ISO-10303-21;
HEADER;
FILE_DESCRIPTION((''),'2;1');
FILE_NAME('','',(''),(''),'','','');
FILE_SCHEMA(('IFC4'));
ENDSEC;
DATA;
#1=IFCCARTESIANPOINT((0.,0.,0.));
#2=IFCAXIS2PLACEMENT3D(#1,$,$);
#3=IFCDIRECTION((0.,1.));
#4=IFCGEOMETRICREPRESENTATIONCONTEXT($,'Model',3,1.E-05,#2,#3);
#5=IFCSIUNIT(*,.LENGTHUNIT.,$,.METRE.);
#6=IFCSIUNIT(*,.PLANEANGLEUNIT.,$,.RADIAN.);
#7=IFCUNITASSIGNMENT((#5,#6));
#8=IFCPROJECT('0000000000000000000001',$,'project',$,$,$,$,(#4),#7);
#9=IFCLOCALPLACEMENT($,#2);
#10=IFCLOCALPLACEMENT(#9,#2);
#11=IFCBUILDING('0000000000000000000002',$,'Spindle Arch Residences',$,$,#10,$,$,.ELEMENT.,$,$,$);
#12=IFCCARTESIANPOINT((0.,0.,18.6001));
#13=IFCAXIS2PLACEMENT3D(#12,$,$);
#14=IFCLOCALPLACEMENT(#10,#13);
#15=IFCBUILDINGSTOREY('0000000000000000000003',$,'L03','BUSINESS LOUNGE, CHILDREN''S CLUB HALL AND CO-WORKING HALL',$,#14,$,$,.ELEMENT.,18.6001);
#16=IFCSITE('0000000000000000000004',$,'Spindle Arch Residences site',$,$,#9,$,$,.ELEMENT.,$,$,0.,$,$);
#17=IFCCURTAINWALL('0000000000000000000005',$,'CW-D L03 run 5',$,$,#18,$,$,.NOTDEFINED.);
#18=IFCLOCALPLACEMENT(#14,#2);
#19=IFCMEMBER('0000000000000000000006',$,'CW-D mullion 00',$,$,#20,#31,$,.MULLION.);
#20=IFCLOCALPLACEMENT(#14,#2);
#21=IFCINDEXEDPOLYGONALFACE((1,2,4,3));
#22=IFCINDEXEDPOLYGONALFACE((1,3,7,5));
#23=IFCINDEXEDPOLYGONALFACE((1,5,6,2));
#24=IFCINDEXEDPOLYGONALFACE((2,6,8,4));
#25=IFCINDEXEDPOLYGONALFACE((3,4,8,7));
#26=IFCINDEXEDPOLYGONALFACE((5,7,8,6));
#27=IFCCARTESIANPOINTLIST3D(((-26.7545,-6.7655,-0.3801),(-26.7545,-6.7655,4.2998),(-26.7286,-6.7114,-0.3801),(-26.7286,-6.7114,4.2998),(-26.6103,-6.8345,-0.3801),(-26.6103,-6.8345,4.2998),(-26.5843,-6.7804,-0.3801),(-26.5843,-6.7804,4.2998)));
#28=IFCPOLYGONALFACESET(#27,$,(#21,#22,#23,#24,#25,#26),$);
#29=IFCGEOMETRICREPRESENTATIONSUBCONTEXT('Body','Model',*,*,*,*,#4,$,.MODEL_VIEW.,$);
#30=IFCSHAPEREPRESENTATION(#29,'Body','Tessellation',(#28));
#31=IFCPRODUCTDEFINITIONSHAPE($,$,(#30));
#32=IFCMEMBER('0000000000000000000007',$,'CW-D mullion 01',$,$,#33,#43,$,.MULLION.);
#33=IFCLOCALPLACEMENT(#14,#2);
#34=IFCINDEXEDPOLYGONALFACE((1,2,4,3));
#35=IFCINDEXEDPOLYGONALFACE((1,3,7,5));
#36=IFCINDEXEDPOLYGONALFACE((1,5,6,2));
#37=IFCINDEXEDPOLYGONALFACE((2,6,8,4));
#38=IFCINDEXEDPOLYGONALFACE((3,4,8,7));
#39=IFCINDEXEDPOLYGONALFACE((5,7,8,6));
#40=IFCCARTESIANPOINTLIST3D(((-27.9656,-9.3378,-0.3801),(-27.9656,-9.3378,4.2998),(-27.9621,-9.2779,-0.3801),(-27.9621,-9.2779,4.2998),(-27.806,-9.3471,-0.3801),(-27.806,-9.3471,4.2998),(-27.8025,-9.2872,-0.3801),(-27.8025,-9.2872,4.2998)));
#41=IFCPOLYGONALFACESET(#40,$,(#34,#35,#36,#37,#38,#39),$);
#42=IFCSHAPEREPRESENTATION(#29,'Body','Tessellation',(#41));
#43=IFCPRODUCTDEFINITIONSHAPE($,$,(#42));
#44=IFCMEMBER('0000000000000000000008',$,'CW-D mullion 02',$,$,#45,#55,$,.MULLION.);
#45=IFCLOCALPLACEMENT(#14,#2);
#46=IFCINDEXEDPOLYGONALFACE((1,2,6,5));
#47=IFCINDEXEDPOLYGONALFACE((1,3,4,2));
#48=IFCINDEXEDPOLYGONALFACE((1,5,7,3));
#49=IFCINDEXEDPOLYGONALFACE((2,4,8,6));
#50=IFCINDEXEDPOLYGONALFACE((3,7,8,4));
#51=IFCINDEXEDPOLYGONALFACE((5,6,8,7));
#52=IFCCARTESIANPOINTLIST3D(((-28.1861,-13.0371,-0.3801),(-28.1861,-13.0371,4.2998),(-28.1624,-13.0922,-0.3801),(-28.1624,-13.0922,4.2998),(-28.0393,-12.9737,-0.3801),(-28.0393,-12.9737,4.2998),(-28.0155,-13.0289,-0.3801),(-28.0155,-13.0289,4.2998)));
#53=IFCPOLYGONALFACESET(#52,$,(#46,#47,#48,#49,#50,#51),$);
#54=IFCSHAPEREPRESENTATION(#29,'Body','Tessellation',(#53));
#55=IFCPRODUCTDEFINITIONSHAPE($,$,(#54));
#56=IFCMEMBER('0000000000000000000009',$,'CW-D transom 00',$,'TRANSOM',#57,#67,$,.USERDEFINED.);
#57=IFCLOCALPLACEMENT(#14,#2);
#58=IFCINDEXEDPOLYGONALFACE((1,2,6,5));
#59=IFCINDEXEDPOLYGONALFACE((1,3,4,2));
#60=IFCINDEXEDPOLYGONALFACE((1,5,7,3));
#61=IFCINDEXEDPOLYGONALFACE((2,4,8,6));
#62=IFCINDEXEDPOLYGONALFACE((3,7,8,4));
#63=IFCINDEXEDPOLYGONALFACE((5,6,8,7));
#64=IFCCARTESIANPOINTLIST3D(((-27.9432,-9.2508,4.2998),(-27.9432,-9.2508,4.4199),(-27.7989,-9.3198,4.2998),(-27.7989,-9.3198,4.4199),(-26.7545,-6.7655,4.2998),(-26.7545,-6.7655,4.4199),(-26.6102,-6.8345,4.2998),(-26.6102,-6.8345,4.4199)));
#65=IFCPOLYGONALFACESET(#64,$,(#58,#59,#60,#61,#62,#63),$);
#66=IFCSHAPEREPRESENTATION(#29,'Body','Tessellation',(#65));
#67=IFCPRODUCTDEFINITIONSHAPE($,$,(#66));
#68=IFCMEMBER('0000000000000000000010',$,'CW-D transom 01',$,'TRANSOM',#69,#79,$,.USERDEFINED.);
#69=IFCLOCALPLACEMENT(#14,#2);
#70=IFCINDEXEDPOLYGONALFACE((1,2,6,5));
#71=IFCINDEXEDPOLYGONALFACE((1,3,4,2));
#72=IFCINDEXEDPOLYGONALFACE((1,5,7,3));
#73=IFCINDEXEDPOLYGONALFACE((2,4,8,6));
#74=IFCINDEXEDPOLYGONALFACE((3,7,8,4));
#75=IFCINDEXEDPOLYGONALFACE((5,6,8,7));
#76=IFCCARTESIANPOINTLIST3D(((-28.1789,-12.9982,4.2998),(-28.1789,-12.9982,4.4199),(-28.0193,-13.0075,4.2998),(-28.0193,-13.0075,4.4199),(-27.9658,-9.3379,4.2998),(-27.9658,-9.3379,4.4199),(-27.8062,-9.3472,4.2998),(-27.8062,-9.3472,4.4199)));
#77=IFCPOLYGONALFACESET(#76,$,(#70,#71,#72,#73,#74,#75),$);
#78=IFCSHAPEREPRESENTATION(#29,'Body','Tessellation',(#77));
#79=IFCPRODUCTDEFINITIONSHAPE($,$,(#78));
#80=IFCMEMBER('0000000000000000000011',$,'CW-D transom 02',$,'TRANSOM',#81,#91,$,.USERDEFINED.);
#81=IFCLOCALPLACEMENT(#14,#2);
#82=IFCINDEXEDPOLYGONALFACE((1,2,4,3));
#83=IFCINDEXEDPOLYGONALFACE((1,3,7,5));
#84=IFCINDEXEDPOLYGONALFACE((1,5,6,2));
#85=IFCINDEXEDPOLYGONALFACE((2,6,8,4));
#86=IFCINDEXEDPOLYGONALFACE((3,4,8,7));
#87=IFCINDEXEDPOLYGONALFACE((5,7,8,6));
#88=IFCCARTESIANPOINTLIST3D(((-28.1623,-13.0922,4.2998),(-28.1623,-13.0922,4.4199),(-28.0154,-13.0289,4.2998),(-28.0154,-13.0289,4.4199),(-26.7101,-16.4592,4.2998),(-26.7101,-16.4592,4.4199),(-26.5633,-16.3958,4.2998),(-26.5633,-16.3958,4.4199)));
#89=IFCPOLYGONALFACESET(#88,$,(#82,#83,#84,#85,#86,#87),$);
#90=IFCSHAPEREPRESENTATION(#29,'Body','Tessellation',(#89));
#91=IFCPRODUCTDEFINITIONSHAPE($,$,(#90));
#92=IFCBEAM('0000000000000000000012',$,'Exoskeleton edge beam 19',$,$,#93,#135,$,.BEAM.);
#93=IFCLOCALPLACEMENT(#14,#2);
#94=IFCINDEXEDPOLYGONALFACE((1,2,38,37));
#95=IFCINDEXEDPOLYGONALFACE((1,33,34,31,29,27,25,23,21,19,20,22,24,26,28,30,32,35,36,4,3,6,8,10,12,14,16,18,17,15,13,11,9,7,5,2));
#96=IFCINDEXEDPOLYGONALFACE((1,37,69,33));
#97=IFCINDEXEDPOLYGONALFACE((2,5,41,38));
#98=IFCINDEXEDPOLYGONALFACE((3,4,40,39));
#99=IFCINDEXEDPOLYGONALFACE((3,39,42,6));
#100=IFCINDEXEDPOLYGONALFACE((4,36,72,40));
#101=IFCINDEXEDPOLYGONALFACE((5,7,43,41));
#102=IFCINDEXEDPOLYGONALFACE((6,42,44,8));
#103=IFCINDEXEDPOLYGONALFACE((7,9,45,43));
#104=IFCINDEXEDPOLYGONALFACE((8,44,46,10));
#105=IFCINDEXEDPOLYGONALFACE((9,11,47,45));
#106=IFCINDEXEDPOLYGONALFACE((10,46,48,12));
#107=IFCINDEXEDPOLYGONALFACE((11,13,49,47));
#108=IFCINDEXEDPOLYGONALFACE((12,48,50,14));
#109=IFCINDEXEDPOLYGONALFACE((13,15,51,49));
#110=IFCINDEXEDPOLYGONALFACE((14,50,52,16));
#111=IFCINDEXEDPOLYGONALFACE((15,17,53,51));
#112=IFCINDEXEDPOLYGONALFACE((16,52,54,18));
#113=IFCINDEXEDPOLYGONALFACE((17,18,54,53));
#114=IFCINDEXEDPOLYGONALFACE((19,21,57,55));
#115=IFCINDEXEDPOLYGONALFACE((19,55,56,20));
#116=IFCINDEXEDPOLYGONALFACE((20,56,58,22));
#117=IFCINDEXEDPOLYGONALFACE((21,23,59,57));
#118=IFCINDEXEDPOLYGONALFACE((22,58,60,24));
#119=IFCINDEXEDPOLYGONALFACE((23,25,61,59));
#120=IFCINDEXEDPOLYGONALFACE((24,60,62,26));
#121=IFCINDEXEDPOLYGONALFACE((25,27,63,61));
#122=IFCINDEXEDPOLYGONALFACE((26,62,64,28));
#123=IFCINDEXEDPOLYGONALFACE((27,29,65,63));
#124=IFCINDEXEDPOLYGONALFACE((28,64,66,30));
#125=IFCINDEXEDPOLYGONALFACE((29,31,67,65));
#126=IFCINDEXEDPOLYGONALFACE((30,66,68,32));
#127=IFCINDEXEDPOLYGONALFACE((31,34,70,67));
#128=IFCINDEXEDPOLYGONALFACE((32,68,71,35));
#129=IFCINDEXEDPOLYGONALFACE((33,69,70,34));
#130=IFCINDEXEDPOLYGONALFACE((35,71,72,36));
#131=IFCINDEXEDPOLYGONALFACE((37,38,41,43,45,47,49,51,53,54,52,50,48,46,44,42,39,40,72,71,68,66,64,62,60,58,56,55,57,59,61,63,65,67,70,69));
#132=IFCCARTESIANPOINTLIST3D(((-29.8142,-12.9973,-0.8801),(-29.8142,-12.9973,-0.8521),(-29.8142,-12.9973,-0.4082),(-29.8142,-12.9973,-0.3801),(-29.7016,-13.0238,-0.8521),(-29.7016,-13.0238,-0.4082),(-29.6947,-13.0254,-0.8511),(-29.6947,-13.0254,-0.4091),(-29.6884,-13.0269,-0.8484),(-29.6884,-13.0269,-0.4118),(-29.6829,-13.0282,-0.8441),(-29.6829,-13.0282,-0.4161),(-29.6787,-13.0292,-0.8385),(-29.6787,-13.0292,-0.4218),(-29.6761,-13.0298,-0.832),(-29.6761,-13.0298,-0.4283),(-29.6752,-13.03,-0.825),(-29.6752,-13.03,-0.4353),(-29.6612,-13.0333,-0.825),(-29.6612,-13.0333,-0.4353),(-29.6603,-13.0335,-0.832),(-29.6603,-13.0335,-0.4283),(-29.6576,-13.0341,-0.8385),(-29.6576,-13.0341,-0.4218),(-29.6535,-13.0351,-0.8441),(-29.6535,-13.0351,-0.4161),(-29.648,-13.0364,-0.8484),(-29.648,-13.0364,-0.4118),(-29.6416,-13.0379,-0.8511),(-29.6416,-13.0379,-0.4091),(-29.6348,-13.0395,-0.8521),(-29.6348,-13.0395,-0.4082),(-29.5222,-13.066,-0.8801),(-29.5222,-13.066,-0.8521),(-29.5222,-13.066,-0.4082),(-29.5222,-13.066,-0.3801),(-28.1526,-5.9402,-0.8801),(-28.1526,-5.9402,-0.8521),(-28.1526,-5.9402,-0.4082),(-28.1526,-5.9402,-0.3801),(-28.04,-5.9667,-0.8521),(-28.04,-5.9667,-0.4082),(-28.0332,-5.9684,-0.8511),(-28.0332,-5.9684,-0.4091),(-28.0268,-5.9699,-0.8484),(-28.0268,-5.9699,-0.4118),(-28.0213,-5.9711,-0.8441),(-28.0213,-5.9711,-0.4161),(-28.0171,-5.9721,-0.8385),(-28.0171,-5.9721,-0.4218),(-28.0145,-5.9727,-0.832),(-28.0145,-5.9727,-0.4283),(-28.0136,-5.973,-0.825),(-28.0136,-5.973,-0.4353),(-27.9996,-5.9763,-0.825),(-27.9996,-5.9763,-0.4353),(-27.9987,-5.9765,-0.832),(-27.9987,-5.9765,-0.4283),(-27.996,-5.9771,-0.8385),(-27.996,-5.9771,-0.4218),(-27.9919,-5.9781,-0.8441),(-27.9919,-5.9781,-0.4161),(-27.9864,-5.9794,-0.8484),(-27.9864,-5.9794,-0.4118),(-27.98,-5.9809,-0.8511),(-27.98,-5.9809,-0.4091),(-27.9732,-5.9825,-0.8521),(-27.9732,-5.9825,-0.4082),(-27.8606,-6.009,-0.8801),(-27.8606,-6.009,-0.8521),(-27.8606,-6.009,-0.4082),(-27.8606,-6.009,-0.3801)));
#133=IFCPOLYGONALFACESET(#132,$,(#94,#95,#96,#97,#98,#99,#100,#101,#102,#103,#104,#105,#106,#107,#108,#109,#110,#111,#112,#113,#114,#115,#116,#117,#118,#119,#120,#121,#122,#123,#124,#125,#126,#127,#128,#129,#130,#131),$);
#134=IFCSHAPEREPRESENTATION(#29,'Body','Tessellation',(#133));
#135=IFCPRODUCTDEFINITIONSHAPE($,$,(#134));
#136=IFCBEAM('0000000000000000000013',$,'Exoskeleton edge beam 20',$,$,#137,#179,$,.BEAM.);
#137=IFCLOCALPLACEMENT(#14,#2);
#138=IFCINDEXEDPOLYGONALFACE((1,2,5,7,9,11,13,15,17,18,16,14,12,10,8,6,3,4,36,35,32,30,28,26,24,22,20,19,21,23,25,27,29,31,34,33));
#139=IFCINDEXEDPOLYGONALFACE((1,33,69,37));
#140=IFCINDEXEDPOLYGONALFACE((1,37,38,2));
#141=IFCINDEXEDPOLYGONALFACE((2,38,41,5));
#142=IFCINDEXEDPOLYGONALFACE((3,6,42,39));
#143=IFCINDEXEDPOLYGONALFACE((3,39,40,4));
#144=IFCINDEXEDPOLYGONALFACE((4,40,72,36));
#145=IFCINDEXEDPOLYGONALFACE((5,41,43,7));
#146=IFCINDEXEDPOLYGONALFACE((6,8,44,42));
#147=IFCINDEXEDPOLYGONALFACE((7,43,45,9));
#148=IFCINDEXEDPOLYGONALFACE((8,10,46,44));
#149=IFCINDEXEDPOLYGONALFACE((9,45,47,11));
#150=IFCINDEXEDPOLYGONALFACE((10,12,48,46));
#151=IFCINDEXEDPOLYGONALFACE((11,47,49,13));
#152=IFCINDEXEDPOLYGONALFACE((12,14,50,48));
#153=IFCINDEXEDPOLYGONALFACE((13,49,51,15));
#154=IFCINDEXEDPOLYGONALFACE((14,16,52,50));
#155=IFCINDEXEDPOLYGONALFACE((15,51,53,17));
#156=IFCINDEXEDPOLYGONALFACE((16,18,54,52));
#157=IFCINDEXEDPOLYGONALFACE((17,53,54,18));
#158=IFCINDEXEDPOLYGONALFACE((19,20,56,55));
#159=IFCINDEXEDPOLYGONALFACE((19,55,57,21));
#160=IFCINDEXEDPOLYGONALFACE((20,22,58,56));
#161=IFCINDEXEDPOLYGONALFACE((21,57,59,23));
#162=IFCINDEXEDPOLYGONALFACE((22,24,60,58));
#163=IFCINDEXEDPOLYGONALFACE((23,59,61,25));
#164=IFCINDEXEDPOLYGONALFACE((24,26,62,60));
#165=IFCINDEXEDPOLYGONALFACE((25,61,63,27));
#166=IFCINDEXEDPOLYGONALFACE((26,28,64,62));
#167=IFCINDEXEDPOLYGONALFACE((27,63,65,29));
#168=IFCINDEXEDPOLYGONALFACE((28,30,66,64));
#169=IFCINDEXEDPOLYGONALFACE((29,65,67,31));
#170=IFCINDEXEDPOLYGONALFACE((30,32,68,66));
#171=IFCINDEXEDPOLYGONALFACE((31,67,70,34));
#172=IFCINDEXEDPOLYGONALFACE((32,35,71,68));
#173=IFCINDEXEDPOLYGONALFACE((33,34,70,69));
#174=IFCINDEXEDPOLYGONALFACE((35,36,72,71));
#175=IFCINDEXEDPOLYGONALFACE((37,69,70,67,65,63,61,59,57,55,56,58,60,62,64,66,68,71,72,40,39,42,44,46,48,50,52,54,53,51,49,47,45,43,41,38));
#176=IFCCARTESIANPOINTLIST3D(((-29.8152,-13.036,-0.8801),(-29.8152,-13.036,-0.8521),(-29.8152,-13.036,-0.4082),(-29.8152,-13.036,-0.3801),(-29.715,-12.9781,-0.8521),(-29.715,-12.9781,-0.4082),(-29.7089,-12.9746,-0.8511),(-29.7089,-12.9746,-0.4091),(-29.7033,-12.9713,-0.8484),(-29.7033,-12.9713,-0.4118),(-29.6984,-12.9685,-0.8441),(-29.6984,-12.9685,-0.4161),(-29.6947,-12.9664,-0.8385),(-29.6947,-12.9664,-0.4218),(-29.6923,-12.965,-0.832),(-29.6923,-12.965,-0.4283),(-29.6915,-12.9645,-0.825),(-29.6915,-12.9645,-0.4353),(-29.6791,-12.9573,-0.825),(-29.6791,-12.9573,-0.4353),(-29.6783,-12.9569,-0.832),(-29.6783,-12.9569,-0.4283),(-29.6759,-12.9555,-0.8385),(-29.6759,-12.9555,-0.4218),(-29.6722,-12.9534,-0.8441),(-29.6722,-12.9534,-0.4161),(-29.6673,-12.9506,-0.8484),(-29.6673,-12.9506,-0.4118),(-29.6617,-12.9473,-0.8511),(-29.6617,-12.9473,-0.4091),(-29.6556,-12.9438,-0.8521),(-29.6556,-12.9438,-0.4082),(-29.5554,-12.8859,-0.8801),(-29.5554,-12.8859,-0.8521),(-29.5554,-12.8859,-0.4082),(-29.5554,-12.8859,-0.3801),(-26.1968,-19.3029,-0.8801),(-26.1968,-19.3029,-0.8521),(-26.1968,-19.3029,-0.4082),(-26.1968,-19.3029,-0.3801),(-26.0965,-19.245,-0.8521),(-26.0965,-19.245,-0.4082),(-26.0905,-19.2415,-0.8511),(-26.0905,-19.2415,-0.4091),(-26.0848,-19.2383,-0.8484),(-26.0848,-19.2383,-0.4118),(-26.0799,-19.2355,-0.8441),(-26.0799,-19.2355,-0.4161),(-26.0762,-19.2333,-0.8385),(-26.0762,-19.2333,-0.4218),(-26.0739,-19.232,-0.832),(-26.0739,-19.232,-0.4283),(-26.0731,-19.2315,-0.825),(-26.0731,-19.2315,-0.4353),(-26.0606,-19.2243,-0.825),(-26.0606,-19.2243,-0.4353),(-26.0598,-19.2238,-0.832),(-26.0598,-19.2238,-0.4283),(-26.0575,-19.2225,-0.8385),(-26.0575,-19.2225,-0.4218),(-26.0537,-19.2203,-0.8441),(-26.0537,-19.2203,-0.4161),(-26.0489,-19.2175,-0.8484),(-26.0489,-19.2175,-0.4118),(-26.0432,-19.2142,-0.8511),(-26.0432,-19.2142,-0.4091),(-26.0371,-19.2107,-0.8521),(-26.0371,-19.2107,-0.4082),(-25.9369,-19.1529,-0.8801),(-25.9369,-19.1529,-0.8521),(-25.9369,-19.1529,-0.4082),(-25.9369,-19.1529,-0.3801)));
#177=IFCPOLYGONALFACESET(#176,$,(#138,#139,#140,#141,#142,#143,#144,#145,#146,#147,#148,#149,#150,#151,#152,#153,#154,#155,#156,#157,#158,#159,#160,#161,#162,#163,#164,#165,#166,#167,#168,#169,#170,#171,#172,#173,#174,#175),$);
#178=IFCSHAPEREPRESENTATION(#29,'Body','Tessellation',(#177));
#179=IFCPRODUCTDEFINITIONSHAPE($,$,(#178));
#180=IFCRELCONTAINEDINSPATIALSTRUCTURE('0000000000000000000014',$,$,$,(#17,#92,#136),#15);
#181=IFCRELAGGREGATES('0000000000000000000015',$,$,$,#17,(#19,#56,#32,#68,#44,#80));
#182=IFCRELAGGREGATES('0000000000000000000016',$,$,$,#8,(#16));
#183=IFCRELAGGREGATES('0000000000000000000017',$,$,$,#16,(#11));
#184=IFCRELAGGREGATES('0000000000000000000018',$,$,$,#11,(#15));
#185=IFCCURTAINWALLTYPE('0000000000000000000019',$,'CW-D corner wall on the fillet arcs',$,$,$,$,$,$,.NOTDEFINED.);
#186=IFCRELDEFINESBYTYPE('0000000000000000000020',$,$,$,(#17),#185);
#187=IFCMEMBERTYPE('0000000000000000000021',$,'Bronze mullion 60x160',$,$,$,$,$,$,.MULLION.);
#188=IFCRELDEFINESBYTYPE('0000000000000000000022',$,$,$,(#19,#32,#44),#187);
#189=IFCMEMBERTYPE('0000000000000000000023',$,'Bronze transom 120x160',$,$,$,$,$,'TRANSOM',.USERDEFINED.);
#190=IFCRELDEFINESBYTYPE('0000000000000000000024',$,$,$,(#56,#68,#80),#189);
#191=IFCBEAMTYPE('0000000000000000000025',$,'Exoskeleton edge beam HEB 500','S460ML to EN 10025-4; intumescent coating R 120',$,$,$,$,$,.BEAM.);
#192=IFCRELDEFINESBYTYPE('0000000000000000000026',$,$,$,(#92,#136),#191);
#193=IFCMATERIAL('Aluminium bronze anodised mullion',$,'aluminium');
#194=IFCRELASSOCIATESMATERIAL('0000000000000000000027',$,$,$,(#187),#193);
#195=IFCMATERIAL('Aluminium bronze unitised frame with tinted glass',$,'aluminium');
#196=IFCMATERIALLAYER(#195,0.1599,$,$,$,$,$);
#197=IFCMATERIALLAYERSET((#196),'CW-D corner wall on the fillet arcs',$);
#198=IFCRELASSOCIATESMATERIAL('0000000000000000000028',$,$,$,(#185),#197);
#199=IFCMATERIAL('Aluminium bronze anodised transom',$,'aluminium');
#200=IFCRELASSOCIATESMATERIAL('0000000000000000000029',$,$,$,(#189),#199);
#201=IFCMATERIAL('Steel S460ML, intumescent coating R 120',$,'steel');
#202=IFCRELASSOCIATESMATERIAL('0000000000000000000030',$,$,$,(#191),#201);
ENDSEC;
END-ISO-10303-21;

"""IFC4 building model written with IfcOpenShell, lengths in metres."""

from ifc_helpers import new_model, si_unit, direction, frame, origin, origin_2d, place, context, subcontext, project, spatial, rectangle, i_section, extrude, material, layer, layer_set, material_profile, profile_set, type_object, element, aggregate, save


model = new_model("IFC4")

# Units and contexts
model_context = context("Model", 3, precision=1e-05, world=origin(), true_north=direction((0.0, 1.0)))
body_context = subcontext(model_context, "Body", "Model", "MODEL_VIEW")
ifc_project = project(units=[si_unit("LENGTHUNIT", "METRE"), si_unit("PLANEANGLEUNIT", "RADIAN")], contexts=[model_context])

# Site, building, storey
site_placement = place(None, origin())
site = spatial("IfcSite", under=ifc_project, at=site_placement, Name="Spindle Arch Residences site", CompositionType="ELEMENT", RefElevation=0.0)
building_placement = place(site_placement, origin())
building = spatial("IfcBuilding", under=site, at=building_placement, Name="Spindle Arch Residences", CompositionType="ELEMENT")
storey_placement = place(building_placement, frame((0.0, 0.0, 18.6001)))
storey = spatial("IfcBuildingStorey", under=building, at=storey_placement, Name="L03", Description="BUSINESS LOUNGE, CHILDREN'S CLUB HALL AND CO-WORKING HALL", CompositionType="ELEMENT", Elevation=18.6001)

# Shared definitions
ifc_material_1 = material(Name="Aluminium bronze anodised mullion", Category="aluminium")
ifc_material_profile_1 = material_profile(ifc_material_1, rectangle(XDim=0.1599, YDim=0.0601, at=origin_2d()), Name="MU 60x160")
ifc_profile_set_1 = profile_set([ifc_material_profile_1], Name="Aluminium bronze anodised mullion")
member_type_1 = type_object("IfcMemberType", Name="Bronze mullion 60x160", PredefinedType="MULLION", material=ifc_profile_set_1)

# Curtain wall, members
ifc_material_2 = material(Name="Aluminium bronze unitised frame with tinted glass", Category="aluminium")
ifc_layer_1 = layer(ifc_material_2, 0.1599)
ifc_layer_set_1 = layer_set([ifc_layer_1], Name="CW-D corner wall on the fillet arcs")
curtain_wall_type_1 = type_object("IfcCurtainWallType", Name="CW-D corner wall on the fillet arcs", PredefinedType="NOTDEFINED", material=ifc_layer_set_1)
curtain_wall_1_placement = place(storey_placement, origin())
curtain_wall_1 = element("IfcCurtainWall", 1, at=curtain_wall_1_placement, inside=storey, type_object=curtain_wall_type_1, Name="CW-D L03 run 5", PredefinedType="NOTDEFINED")
member_1_placement = place(storey_placement, frame((-26.6694, -6.7729, -0.3801), z_axis=(0.0, 0.0, 1.0), x_axis=(0.902112, -0.431502, 0.0)))
member_1 = element("IfcMember", 2, at=member_1_placement, type_object=member_type_1, Name="CW-D mullion 00", PredefinedType="MULLION", context=body_context, shape_type="SweptSolid", body=[
    extrude(rectangle(XDim=0.1599, YDim=0.0601, at=origin_2d()), origin(), (0.0, 0.0, 1.0), 4.6799),
])
member_2_placement = place(storey_placement, frame((-27.884, -9.3125, -0.3801), z_axis=(0.0, 0.0, 1.0), x_axis=(0.998308, -0.058145, 0.0)))
member_2 = element("IfcMember", 3, at=member_2_placement, type_object=member_type_1, Name="CW-D mullion 01", PredefinedType="MULLION", context=body_context, shape_type="SweptSolid", body=[
    extrude(rectangle(XDim=0.1599, YDim=0.0601, at=origin_2d()), origin(), (0.0, 0.0, 1.0), 4.6799),
])
member_3_placement = place(storey_placement, frame((-28.1008, -13.033, -0.3801), z_axis=(0.0, 0.0, 1.0), x_axis=(0.918216, 0.39608, 0.0)))
member_3 = element("IfcMember", 4, at=member_3_placement, type_object=member_type_1, Name="CW-D mullion 02", PredefinedType="MULLION", context=body_context, shape_type="SweptSolid", body=[
    extrude(rectangle(XDim=0.1599, YDim=0.0601, at=origin_2d()), origin(), (0.0, 0.0, 1.0), 4.6799),
])
ifc_material_3 = material(Name="Aluminium bronze anodised transom", Category="aluminium")
ifc_material_profile_2 = material_profile(ifc_material_3, rectangle(XDim=0.1599, YDim=0.1201, at=origin_2d()), Name="TR 120x160")
ifc_profile_set_2 = profile_set([ifc_material_profile_2], Name="Aluminium bronze anodised transom")
member_type_2 = type_object("IfcMemberType", Name="Bronze transom 120x160", ElementType="TRANSOM", PredefinedType="USERDEFINED", material=ifc_profile_set_2)
member_4_placement = place(storey_placement, frame((-26.6824, -6.8, 4.3599), z_axis=(-0.431477, -0.902124, 0.0), x_axis=(0.902124, -0.431477, 0.0)))
member_4 = element("IfcMember", 5, at=member_4_placement, type_object=member_type_2, Name="CW-D transom 00", ObjectType="TRANSOM", PredefinedType="USERDEFINED", context=body_context, shape_type="SweptSolid", body=[
    extrude(rectangle(XDim=0.1599, YDim=0.1201, at=origin_2d()), origin(), (0.0, 0.0, 1.0), 2.7549),
])
member_5_placement = place(storey_placement, frame((-27.886, -9.3425, 4.3599), z_axis=(-0.058129, -0.998309, 0.0), x_axis=(0.998309, -0.058129, 0.0)))
member_5 = element("IfcMember", 6, at=member_5_placement, type_object=member_type_2, Name="CW-D transom 01", ObjectType="TRANSOM", PredefinedType="USERDEFINED", context=body_context, shape_type="SweptSolid", body=[
    extrude(rectangle(XDim=0.1599, YDim=0.1201, at=origin_2d()), origin(), (0.0, 0.0, 1.0), 3.6665),
])
member_6_placement = place(storey_placement, frame((-28.0889, -13.0605, 4.3599), z_axis=(0.396032, -0.918237, 0.0), x_axis=(0.918237, 0.396032, 0.0)))
member_6 = element("IfcMember", 7, at=member_6_placement, type_object=member_type_2, Name="CW-D transom 02", ObjectType="TRANSOM", PredefinedType="USERDEFINED", context=body_context, shape_type="SweptSolid", body=[
    extrude(rectangle(XDim=0.1599, YDim=0.1201, at=origin_2d()), origin(), (0.0, 0.0, 1.0), 3.6667),
])

# Beams
ifc_material_4 = material(Name="Steel S460ML, intumescent coating R 120", Category="steel")
ifc_material_profile_3 = material_profile(ifc_material_4, i_section(OverallWidth=0.3, OverallDepth=0.5, WebThickness=0.0144, FlangeThickness=0.0281, FilletRadius=0.0271, at=origin_2d()), Name="HEB 500")
ifc_profile_set_3 = profile_set([ifc_material_profile_3], Name="Steel S460ML, intumescent coating R 120")
beam_type_1 = type_object("IfcBeamType", Name="Exoskeleton edge beam HEB 500", Description="S460ML to EN 10025-4; intumescent coating R 120", PredefinedType="BEAM", material=ifc_profile_set_3)
beam_1_placement = place(storey_placement, frame((-28.0066, -5.9746, -0.6301), z_axis=(-0.229186, -0.973383, 0.0), x_axis=(0.973383, -0.229186, 0.0)))
element("IfcBeam", 8, at=beam_1_placement, inside=storey, type_object=beam_type_1, Name="Exoskeleton edge beam 19", PredefinedType="BEAM", context=body_context, shape_type="SweptSolid", body=[
    extrude(i_section(OverallWidth=0.3, OverallDepth=0.5, WebThickness=0.0144, FlangeThickness=0.0281, FilletRadius=0.0271, at=origin_2d()), origin(), (0.0, 0.0, 1.0), 7.25),
])
beam_2_placement = place(storey_placement, frame((-29.6853, -12.9609, -0.6301), z_axis=(0.500025, -0.866011, 0.0), x_axis=(0.866011, 0.500025, 0.0)))
element("IfcBeam", 9, at=beam_2_placement, inside=storey, type_object=beam_type_1, Name="Exoskeleton edge beam 20", PredefinedType="BEAM", context=body_context, shape_type="SweptSolid", body=[
    extrude(i_section(OverallWidth=0.3, OverallDepth=0.5, WebThickness=0.0144, FlangeThickness=0.0281, FilletRadius=0.0271, at=origin_2d()), origin(), (0.0, 0.0, 1.0), 7.2366),
])

aggregate(curtain_wall_1, [member_1, member_4, member_2, member_5, member_3, member_6])

save(model, "model.ifc")
